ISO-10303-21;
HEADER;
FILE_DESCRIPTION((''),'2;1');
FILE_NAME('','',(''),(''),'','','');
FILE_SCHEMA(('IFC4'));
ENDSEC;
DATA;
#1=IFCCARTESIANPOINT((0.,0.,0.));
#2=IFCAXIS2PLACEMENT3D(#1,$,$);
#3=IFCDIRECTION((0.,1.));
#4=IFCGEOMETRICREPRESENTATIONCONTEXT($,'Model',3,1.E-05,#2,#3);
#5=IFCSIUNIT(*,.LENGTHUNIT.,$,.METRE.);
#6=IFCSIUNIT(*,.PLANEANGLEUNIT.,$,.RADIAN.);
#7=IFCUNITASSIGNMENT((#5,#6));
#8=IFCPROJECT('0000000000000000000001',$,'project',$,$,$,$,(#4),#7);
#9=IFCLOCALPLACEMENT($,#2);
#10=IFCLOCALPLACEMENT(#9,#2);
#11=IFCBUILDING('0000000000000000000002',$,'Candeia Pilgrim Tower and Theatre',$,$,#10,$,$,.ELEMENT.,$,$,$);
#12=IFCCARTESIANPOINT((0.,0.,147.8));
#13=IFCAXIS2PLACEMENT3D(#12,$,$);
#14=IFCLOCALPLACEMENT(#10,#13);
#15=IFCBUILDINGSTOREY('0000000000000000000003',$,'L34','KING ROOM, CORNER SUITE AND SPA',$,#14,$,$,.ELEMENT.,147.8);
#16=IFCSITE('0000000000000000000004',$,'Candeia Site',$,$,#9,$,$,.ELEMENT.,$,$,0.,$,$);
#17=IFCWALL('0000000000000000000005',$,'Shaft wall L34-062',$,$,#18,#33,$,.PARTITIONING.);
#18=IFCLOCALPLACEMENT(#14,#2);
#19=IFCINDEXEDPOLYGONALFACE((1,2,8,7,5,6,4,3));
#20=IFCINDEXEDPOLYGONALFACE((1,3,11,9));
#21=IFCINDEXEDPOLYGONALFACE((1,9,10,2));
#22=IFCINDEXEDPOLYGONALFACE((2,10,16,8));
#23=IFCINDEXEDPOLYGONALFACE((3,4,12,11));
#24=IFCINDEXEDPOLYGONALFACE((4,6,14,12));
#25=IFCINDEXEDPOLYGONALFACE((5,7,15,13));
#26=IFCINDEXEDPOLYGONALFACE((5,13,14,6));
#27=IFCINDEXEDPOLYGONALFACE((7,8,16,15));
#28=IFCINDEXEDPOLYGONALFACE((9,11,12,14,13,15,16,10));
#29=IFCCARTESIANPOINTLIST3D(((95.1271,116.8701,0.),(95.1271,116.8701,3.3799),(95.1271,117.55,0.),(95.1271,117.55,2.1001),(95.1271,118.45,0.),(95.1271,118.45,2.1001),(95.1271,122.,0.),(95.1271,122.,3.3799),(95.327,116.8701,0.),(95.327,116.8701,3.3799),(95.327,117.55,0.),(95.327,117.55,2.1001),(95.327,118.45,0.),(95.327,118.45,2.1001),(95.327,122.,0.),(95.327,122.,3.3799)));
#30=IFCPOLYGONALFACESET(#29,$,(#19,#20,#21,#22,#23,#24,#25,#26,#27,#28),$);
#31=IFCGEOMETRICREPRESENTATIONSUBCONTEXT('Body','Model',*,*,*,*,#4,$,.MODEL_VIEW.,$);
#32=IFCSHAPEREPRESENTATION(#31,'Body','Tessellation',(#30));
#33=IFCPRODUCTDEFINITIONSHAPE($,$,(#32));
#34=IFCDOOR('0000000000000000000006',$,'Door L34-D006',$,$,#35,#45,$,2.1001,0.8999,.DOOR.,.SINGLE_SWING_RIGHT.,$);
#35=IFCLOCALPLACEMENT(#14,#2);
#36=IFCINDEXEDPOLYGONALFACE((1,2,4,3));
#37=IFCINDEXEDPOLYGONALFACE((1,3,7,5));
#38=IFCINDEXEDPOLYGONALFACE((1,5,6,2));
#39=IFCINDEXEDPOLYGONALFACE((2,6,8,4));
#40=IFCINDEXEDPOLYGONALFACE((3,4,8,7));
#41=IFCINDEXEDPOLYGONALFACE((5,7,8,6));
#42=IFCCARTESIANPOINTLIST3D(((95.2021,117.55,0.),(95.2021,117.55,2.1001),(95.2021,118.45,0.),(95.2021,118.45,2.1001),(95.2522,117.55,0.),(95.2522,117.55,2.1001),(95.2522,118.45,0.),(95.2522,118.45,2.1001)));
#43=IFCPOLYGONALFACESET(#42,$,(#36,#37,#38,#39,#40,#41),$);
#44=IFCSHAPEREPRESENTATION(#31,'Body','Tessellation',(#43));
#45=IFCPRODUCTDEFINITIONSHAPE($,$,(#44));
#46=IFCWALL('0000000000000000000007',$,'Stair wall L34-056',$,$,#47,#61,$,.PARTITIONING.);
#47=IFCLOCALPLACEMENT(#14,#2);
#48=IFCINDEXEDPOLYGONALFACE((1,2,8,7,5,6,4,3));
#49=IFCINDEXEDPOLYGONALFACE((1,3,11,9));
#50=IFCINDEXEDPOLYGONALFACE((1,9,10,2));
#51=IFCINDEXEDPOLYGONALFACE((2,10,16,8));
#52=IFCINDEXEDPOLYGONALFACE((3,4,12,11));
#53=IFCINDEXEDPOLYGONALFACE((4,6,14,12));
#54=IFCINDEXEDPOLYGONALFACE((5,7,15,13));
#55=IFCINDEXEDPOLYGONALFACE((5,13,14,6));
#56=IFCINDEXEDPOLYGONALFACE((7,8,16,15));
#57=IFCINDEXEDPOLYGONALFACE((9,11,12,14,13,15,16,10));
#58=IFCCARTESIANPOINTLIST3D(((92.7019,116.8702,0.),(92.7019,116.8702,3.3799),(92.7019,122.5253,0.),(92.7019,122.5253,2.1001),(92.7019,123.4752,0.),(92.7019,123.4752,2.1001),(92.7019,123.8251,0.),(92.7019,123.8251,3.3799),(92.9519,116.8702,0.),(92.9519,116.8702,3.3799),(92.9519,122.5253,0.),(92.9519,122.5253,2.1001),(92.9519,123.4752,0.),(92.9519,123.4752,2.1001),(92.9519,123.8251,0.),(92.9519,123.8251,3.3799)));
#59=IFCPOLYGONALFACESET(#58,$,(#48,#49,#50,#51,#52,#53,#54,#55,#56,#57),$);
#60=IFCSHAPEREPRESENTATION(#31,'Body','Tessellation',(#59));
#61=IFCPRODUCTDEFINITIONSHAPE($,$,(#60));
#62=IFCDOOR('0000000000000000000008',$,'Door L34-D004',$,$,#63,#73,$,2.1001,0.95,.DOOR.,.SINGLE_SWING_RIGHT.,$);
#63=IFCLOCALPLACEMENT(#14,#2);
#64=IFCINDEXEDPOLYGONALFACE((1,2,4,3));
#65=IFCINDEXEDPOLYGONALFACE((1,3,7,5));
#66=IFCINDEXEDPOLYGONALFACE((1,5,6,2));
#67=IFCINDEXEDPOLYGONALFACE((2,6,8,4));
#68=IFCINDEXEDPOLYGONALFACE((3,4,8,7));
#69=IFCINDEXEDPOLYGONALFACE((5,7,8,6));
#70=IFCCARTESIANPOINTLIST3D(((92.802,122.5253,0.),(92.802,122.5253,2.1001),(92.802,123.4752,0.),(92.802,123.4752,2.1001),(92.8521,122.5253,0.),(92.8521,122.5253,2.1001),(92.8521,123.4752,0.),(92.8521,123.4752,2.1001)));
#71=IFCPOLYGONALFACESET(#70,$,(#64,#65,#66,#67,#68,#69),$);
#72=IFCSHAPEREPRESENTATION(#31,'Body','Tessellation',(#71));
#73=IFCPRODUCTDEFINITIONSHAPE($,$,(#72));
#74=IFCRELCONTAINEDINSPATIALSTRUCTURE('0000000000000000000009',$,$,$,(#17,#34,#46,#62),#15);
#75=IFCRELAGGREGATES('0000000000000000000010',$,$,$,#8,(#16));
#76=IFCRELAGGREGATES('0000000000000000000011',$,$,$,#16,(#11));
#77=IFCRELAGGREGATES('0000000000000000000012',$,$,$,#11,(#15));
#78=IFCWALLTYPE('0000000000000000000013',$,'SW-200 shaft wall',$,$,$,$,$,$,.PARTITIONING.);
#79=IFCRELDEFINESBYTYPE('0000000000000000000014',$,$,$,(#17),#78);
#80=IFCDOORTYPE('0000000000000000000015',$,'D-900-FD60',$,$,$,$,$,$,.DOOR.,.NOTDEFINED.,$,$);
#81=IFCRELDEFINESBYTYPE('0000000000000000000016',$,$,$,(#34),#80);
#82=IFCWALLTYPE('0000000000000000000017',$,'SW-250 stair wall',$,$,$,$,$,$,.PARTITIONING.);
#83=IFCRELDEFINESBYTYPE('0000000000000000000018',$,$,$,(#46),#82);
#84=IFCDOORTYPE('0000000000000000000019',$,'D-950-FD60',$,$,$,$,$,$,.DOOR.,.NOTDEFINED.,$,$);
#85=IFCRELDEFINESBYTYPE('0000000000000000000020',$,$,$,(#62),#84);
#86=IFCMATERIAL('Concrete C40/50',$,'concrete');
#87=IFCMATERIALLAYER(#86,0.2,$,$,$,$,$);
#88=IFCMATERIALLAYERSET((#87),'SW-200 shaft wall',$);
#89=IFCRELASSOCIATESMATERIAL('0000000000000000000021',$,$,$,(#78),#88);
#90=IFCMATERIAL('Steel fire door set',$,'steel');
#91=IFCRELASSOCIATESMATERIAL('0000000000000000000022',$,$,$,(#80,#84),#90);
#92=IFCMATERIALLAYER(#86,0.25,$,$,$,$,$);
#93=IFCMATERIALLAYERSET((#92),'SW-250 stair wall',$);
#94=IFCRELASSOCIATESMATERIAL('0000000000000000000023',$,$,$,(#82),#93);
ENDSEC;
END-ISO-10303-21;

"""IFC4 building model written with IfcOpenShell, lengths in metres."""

from ifc_helpers import new_model, si_unit, direction, frame, frame_2d, origin, place, context, subcontext, project, spatial, rectangle, extrude, material, layer, layer_set, type_object, element, fill, save


model = new_model("IFC4")

# Units and contexts
model_context = context("Model", 3, precision=1e-05, world=origin(), true_north=direction((0.0, 1.0)))
body_context = subcontext(model_context, "Body", "Model", "MODEL_VIEW")
ifc_project = project(units=[si_unit("LENGTHUNIT", "METRE"), si_unit("PLANEANGLEUNIT", "RADIAN")], contexts=[model_context])

# Site, building, storey
site_placement = place(None, origin())
site = spatial("IfcSite", under=ifc_project, at=site_placement, Name="Candeia Site", CompositionType="ELEMENT", RefElevation=0.0)
building_placement = place(site_placement, origin())
building = spatial("IfcBuilding", under=site, at=building_placement, Name="Candeia Pilgrim Tower and Theatre", CompositionType="ELEMENT")
storey_placement = place(building_placement, frame((0.0, 0.0, 147.8)))
storey = spatial("IfcBuildingStorey", under=building, at=storey_placement, Name="L34", Description="KING ROOM, CORNER SUITE AND SPA", CompositionType="ELEMENT", Elevation=147.8)

# Shared definitions
ifc_material_1 = material(Name="Concrete C40/50", Category="concrete")
ifc_layer_1 = layer(ifc_material_1, 0.2)
ifc_layer_set_1 = layer_set([ifc_layer_1], Name="SW-200 shaft wall")
wall_type_1 = type_object("IfcWallType", Name="SW-200 shaft wall", PredefinedType="PARTITIONING", material=ifc_layer_set_1)

# Walls, openings, doors
ifc_material_2 = material(Name="Steel fire door set", Category="steel")
door_type_1 = type_object("IfcDoorType", Name="D-900-FD60", OperationType="NOTDEFINED", PredefinedType="DOOR", material=ifc_material_2)
wall_1_placement = place(storey_placement, frame((95.2271, 116.8701, 0.0), z_axis=(0.0, 0.0, 1.0), x_axis=(0.0, 1.0, 0.0)))
wall_1 = element("IfcWall", 1, at=wall_1_placement, inside=storey, type_object=wall_type_1, Name="Shaft wall L34-062", PredefinedType="PARTITIONING", context=body_context, shape_type="SweptSolid", body=[
    extrude(rectangle(XDim=5.1299, YDim=0.2, at=frame_2d((2.5649, 0.0))), origin(), (0.0, 0.0, 1.0), 3.3799),
])
opening_1_placement = place(wall_1_placement, frame((0.6799, 0.0, 0.0)))
opening_1 = element("IfcOpeningElement", 2, at=opening_1_placement, cuts=wall_1, PredefinedType="OPENING", context=body_context, shape_type="SweptSolid", body=[
    extrude(rectangle(XDim=0.8999, YDim=2.1001, at=frame_2d((0.45, 1.05))), frame((0.0, 0.1099, 0.0), z_axis=(0.0, -1.0, 0.0), x_axis=(1.0, 0.0, 0.0)), (0.0, 0.0, 1.0), 0.22),
])
door_1_placement = place(opening_1_placement, origin())
door_1 = element("IfcDoor", 3, at=door_1_placement, inside=storey, type_object=door_type_1, Name="Door L34-D006", OperationType="SINGLE_SWING_RIGHT", OverallHeight=2.1001, OverallWidth=0.8999, PredefinedType="DOOR", context=body_context, shape_type="SweptSolid", body=[
    extrude(rectangle(XDim=0.8999, YDim=2.1001, at=frame_2d((0.45, 1.05))), frame((0.0, 0.0249, 0.0), z_axis=(0.0, -1.0, 0.0), x_axis=(1.0, 0.0, 0.0)), (0.0, 0.0, 1.0), 0.05),
])
fill(opening_1, door_1)
ifc_layer_2 = layer(ifc_material_1, 0.25)
ifc_layer_set_2 = layer_set([ifc_layer_2], Name="SW-250 stair wall")
wall_type_2 = type_object("IfcWallType", Name="SW-250 stair wall", PredefinedType="PARTITIONING", material=ifc_layer_set_2)
wall_2_placement = place(storey_placement, frame((92.8269, 116.8701, 0.0), z_axis=(0.0, 0.0, 1.0), x_axis=(0.0, 1.0, 0.0)))
wall_2 = element("IfcWall", 4, at=wall_2_placement, inside=storey, type_object=wall_type_2, Name="Stair wall L34-056", PredefinedType="PARTITIONING", context=body_context, shape_type="SweptSolid", body=[
    extrude(rectangle(XDim=6.9548, YDim=0.25, at=frame_2d((3.4775, 0.0))), origin(), (0.0, 0.0, 1.0), 3.3799),
])
opening_2_placement = place(wall_2_placement, frame((5.655, 0.0, 0.0)))
opening_2 = element("IfcOpeningElement", 5, at=opening_2_placement, cuts=wall_2, PredefinedType="OPENING", context=body_context, shape_type="SweptSolid", body=[
    extrude(rectangle(XDim=0.95, YDim=2.1001, at=frame_2d((0.4751, 1.05))), frame((0.0, 0.135, 0.0), z_axis=(0.0, -1.0, 0.0), x_axis=(1.0, 0.0, 0.0)), (0.0, 0.0, 1.0), 0.27),
])
door_type_2 = type_object("IfcDoorType", Name="D-950-FD60", OperationType="NOTDEFINED", PredefinedType="DOOR", material=ifc_material_2)
door_2_placement = place(opening_2_placement, origin())
door_2 = element("IfcDoor", 6, at=door_2_placement, inside=storey, type_object=door_type_2, Name="Door L34-D004", OperationType="SINGLE_SWING_RIGHT", OverallHeight=2.1001, OverallWidth=0.95, PredefinedType="DOOR", context=body_context, shape_type="SweptSolid", body=[
    extrude(rectangle(XDim=0.95, YDim=2.1001, at=frame_2d((0.4751, 1.05))), frame((0.0, 0.0249, 0.0), z_axis=(0.0, -1.0, 0.0), x_axis=(1.0, 0.0, 0.0)), (0.0, 0.0, 1.0), 0.05),
])
fill(opening_2, door_2)

save(model, "model.ifc")
